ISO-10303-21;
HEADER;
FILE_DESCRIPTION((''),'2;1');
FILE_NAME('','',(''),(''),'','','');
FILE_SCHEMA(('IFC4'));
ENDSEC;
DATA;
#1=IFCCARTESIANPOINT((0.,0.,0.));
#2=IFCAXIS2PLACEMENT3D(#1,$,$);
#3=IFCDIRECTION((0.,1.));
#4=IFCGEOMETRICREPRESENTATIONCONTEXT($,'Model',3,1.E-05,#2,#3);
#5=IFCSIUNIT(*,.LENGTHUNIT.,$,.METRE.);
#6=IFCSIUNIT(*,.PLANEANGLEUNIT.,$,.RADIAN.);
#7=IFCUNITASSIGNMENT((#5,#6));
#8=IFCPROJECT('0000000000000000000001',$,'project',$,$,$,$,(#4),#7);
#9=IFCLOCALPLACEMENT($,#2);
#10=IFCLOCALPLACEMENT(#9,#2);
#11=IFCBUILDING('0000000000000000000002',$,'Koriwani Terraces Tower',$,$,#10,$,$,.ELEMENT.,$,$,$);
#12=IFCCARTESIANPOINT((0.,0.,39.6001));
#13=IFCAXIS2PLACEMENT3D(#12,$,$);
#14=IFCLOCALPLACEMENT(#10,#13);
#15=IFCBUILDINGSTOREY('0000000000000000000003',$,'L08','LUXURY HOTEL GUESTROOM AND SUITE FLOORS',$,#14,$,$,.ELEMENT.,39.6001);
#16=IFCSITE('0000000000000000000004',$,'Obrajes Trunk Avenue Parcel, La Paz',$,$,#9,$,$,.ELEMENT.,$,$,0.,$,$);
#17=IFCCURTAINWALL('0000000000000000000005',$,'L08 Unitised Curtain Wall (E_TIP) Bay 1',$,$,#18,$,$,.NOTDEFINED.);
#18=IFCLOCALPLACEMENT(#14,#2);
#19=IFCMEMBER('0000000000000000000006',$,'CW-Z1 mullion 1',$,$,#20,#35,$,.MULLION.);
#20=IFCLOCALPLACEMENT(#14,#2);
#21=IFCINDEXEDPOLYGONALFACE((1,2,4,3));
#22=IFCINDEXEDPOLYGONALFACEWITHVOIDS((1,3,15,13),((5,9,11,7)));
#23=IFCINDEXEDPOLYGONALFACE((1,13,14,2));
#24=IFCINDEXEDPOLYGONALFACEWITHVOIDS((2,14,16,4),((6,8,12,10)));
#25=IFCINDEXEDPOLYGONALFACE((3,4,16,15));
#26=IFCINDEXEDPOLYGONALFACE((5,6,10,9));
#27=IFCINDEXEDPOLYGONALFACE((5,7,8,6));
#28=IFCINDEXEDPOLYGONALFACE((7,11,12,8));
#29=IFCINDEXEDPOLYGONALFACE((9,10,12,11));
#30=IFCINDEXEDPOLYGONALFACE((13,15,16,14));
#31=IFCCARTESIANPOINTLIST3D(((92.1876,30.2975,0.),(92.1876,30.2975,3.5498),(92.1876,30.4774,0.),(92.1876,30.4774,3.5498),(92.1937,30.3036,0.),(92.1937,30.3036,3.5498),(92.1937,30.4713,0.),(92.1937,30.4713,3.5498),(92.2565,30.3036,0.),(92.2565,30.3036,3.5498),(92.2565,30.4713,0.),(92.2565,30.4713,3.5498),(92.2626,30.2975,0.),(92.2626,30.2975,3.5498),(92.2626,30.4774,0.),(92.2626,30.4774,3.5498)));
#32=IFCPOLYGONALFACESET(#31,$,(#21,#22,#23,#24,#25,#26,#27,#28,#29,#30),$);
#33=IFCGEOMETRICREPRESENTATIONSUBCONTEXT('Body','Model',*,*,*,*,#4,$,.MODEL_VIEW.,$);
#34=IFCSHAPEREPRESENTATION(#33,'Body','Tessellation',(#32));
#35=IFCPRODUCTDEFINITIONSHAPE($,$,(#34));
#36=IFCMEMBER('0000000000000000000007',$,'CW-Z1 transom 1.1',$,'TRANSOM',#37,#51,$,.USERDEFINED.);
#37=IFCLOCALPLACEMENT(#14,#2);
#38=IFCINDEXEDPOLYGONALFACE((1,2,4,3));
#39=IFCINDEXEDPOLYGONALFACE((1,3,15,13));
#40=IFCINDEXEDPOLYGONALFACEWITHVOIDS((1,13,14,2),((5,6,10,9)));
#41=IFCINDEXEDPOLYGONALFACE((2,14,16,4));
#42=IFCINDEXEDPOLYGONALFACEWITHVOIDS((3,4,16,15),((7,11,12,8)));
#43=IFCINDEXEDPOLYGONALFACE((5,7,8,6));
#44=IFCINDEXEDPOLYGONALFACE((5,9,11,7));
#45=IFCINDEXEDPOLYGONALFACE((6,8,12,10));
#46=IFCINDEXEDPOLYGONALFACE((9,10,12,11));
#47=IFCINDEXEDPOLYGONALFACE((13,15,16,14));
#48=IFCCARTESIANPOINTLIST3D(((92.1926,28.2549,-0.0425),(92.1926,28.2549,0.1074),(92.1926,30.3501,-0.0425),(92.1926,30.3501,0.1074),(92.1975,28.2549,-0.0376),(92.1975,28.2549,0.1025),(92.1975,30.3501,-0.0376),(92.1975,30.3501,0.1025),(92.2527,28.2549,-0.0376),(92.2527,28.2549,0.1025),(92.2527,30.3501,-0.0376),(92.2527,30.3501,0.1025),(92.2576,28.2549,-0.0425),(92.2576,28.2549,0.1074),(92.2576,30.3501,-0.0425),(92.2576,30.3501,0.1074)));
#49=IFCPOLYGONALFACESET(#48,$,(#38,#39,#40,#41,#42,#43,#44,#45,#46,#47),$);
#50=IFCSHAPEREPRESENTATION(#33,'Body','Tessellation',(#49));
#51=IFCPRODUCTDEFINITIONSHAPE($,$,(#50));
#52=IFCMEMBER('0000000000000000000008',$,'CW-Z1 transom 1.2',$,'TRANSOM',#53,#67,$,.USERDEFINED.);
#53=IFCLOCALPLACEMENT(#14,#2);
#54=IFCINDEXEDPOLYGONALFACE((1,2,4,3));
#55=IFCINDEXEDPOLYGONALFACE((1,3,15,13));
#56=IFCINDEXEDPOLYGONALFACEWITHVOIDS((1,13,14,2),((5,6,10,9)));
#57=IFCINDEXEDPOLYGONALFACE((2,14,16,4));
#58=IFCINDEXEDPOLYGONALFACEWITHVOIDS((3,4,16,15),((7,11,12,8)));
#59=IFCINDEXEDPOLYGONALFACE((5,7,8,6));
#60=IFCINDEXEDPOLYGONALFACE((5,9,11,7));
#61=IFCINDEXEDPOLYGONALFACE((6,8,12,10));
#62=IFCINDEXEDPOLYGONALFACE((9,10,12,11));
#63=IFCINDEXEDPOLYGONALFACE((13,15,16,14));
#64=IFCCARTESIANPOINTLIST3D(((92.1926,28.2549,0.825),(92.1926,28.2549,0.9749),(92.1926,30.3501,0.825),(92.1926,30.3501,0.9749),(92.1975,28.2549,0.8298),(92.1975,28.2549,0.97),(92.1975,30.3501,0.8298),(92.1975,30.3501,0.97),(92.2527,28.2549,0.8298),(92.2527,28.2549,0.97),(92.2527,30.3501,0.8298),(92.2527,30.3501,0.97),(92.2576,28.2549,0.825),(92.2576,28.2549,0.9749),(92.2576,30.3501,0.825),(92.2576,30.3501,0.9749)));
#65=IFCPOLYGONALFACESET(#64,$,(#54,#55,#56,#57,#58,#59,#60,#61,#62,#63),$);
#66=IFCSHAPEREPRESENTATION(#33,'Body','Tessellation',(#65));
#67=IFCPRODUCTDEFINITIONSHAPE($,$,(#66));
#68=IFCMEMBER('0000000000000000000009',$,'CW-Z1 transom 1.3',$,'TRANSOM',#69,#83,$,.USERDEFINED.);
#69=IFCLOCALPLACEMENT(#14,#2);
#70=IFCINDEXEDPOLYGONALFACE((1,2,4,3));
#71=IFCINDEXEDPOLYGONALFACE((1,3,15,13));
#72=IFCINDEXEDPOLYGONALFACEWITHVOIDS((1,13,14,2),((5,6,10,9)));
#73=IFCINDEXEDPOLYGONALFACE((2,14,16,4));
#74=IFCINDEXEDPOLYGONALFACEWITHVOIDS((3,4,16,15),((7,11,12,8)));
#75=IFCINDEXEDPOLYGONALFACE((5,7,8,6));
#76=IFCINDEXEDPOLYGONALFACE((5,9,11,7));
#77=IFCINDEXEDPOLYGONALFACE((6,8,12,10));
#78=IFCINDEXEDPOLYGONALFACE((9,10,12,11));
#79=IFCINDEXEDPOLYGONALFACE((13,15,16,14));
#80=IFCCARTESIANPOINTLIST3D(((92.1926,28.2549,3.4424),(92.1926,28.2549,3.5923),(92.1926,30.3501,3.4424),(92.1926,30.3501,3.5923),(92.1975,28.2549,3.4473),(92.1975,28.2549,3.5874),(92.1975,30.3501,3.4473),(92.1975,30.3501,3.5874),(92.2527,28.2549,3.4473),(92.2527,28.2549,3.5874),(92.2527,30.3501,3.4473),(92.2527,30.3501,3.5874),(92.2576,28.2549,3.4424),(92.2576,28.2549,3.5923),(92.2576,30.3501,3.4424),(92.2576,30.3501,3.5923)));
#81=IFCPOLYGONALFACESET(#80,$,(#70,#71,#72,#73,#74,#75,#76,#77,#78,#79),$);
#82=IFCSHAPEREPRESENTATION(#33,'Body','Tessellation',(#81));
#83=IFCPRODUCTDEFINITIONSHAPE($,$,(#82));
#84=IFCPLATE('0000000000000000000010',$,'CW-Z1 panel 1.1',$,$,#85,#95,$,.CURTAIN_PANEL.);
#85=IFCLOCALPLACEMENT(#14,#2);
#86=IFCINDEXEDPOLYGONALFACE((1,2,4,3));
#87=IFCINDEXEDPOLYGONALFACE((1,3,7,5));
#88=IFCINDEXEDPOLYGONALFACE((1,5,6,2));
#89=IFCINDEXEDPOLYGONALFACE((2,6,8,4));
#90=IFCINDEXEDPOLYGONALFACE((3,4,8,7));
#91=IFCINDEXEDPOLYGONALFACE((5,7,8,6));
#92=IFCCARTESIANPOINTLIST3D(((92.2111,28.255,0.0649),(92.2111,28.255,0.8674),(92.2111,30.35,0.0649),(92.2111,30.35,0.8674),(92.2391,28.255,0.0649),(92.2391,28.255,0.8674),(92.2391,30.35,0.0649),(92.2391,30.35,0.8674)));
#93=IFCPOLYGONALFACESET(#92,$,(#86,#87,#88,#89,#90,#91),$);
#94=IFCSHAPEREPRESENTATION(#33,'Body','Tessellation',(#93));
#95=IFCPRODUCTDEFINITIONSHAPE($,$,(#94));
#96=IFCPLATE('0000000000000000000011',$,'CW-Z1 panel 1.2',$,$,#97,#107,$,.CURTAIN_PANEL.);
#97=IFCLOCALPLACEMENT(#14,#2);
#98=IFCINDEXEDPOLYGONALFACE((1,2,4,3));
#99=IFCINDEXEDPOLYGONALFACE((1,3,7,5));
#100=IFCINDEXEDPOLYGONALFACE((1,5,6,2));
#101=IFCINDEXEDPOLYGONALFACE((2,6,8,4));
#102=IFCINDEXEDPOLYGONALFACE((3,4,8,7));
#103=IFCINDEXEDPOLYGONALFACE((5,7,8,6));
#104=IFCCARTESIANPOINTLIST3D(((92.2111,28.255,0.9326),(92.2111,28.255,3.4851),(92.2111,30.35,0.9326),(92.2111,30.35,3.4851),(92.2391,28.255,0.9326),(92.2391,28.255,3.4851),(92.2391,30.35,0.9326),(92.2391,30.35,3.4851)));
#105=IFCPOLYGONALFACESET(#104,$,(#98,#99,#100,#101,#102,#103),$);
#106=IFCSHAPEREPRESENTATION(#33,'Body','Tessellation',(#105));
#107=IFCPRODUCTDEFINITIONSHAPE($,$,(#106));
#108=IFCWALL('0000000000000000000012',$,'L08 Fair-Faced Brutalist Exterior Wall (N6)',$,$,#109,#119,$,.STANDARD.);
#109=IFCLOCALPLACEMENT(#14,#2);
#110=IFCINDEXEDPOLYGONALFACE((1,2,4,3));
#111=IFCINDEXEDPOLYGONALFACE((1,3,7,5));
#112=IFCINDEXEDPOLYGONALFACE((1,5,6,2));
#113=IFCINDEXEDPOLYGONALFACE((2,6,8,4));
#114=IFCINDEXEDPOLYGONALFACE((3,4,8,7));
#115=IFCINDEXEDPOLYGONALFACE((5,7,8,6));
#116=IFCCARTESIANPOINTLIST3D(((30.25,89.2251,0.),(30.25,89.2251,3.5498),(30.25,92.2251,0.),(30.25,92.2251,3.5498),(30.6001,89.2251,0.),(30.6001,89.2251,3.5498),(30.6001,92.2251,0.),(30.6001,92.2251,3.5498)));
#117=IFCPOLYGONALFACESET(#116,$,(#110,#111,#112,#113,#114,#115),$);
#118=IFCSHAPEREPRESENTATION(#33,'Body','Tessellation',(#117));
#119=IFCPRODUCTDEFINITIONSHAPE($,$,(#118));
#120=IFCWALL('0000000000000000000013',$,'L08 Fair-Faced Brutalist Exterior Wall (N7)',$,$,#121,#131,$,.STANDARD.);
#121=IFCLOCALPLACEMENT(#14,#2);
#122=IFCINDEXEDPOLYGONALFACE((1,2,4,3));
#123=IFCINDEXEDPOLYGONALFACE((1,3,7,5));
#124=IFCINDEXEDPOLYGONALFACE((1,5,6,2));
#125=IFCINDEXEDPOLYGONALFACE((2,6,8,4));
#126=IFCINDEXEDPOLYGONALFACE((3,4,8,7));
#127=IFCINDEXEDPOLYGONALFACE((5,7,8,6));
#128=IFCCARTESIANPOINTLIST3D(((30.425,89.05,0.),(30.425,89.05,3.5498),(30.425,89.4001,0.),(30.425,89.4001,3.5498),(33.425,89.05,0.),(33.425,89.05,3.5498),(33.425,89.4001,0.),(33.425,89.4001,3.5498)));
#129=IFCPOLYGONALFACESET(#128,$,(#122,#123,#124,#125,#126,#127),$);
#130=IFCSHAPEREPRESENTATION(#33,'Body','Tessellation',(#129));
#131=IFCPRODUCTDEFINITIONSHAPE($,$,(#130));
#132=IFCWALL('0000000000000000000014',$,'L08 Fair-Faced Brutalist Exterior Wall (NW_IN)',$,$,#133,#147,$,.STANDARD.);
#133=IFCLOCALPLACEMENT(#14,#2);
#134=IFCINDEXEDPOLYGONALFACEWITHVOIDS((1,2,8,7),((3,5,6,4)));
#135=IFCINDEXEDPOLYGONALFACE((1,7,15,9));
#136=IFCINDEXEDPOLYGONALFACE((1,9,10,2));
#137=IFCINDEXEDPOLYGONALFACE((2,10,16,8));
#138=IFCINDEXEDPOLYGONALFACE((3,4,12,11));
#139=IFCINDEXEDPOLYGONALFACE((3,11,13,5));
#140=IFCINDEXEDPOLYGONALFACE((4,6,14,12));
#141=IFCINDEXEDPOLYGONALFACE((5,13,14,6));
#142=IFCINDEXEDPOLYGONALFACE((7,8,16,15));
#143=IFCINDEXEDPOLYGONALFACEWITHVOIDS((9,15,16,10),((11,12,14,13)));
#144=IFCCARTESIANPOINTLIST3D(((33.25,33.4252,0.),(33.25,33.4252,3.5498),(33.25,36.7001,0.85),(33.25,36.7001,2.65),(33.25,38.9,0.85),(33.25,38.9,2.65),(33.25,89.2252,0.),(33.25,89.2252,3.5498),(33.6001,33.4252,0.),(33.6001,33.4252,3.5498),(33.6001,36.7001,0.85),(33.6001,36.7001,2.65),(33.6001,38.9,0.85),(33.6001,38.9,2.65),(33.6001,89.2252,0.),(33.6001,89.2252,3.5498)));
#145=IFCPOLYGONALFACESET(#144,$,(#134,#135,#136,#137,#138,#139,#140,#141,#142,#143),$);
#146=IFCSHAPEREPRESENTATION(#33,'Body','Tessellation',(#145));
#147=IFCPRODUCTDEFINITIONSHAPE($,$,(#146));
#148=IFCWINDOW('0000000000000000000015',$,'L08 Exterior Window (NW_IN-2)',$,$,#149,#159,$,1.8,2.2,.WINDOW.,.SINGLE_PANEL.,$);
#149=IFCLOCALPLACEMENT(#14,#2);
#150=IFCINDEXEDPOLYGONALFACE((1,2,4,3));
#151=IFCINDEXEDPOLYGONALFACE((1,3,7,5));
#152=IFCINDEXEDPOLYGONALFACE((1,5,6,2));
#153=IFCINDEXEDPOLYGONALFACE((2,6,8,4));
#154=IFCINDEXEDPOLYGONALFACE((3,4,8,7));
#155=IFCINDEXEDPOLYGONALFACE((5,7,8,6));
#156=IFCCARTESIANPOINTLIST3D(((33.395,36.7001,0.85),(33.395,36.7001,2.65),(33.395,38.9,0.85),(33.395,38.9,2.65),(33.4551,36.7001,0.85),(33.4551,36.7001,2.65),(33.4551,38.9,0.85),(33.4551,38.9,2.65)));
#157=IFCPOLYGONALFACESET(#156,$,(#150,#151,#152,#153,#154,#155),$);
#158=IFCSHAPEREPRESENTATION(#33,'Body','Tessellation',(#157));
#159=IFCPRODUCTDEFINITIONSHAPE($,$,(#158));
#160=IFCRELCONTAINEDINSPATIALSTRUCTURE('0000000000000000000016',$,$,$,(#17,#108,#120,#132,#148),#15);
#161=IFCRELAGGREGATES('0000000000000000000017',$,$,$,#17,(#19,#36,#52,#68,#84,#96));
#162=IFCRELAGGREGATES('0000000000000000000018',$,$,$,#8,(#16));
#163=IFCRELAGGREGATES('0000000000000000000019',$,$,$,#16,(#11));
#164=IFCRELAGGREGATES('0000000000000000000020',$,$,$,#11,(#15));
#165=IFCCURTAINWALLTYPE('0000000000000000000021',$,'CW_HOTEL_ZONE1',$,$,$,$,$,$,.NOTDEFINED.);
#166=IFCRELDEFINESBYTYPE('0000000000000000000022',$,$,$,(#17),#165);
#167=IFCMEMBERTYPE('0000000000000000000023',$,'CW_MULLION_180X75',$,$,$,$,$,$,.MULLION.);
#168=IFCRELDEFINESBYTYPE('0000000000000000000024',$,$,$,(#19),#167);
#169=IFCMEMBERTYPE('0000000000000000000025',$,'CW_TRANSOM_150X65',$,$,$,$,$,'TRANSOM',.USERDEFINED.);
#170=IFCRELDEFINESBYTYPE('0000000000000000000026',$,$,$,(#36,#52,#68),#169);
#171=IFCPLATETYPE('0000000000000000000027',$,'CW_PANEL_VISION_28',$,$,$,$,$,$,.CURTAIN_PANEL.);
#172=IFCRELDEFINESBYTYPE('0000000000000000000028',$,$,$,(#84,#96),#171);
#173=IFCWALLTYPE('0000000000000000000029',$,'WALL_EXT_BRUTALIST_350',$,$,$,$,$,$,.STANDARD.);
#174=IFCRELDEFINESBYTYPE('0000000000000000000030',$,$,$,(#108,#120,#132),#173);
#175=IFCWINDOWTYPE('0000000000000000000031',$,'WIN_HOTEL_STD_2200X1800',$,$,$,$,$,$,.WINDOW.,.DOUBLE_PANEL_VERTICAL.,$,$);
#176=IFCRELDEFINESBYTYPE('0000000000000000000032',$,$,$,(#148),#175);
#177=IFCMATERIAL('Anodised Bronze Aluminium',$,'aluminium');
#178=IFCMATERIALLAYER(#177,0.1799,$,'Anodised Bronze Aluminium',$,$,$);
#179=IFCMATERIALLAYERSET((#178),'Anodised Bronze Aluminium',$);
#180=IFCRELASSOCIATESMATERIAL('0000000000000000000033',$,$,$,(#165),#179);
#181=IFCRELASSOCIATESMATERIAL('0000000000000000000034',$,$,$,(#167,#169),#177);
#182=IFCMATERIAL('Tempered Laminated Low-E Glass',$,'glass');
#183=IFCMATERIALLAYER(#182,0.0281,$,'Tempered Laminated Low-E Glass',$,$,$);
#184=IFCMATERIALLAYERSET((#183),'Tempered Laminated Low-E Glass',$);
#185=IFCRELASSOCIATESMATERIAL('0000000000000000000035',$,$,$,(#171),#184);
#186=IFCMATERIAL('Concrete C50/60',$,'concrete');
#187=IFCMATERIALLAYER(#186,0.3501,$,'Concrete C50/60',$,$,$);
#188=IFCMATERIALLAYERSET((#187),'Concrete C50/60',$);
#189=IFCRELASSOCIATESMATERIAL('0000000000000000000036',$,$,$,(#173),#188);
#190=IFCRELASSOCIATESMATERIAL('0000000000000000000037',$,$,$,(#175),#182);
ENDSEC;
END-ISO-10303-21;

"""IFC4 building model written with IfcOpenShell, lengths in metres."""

from ifc_helpers import new_model, si_unit, direction, frame, frame_2d, origin, origin_2d, place, context, subcontext, project, spatial, rectangle, hollow_rectangle, extrude, material, layer, layer_set, material_profile, profile_set, type_object, element, fill, aggregate, save


model = new_model("IFC4")

# Units and contexts
model_context = context("Model", 3, precision=1e-05, world=origin(), true_north=direction((0.0, 1.0)))
body_context = subcontext(model_context, "Body", "Model", "MODEL_VIEW")
ifc_project = project(units=[si_unit("LENGTHUNIT", "METRE"), si_unit("PLANEANGLEUNIT", "RADIAN")], contexts=[model_context])

# Site, building, storey
site_placement = place(None, origin())
site = spatial("IfcSite", under=ifc_project, at=site_placement, Name="Obrajes Trunk Avenue Parcel, La Paz", CompositionType="ELEMENT", RefElevation=0.0)
building_placement = place(site_placement, origin())
building = spatial("IfcBuilding", under=site, at=building_placement, Name="Koriwani Terraces Tower", CompositionType="ELEMENT")
storey_placement = place(building_placement, frame((0.0, 0.0, 39.6001)))
storey = spatial("IfcBuildingStorey", under=building, at=storey_placement, Name="L08", Description="LUXURY HOTEL GUESTROOM AND SUITE FLOORS", CompositionType="ELEMENT", Elevation=39.6001)

# Curtain wall, members, plates
ifc_material_1 = material(Name="Anodised Bronze Aluminium", Category="aluminium")
ifc_layer_1 = layer(ifc_material_1, 0.1799, Name="Anodised Bronze Aluminium")
ifc_layer_set_1 = layer_set([ifc_layer_1], Name="Anodised Bronze Aluminium")
curtain_wall_type = type_object("IfcCurtainWallType", Name="CW_HOTEL_ZONE1", PredefinedType="NOTDEFINED", material=ifc_layer_set_1)
curtain_wall_placement = place(storey_placement, origin())
curtain_wall = element("IfcCurtainWall", 1, at=curtain_wall_placement, inside=storey, type_object=curtain_wall_type, Name="L08 Unitised Curtain Wall (E_TIP) Bay 1", PredefinedType="NOTDEFINED")
ifc_material_profile_1 = material_profile(ifc_material_1, hollow_rectangle(XDim=0.075, YDim=0.1799, WallThickness=0.0061, at=origin_2d()), Name="Anodised Bronze Aluminium", Category="LoadBearing")
ifc_profile_set_1 = profile_set([ifc_material_profile_1], Name="Anodised Bronze Aluminium")
member_type_1 = type_object("IfcMemberType", Name="CW_MULLION_180X75", PredefinedType="MULLION", material=ifc_profile_set_1)
member_1_placement = place(storey_placement, frame((92.2251, 30.3875, 0.0), z_axis=(0.0, 0.0, 1.0), x_axis=(1.0, 0.0, 0.0)))
member_1 = element("IfcMember", 2, at=member_1_placement, type_object=member_type_1, Name="CW-Z1 mullion 1", PredefinedType="MULLION", context=body_context, shape_type="SweptSolid", body=[
    extrude(hollow_rectangle(XDim=0.075, YDim=0.1799, WallThickness=0.0061, at=origin_2d()), origin(), (0.0, 0.0, 1.0), 3.5498),
])
ifc_material_profile_2 = material_profile(ifc_material_1, hollow_rectangle(XDim=0.0649, YDim=0.1499, WallThickness=0.0049, at=origin_2d()), Name="Anodised Bronze Aluminium", Category="LoadBearing")
ifc_profile_set_2 = profile_set([ifc_material_profile_2], Name="Anodised Bronze Aluminium")
member_type_2 = type_object("IfcMemberType", Name="CW_TRANSOM_150X65", ElementType="TRANSOM", PredefinedType="USERDEFINED", material=ifc_profile_set_2)
member_2_placement = place(storey_placement, frame((92.2251, 30.3501, 0.0325), z_axis=(0.0, -1.0, 0.0), x_axis=(1.0, 0.0, 0.0)))
member_2 = element("IfcMember", 3, at=member_2_placement, type_object=member_type_2, Name="CW-Z1 transom 1.1", ObjectType="TRANSOM", PredefinedType="USERDEFINED", context=body_context, shape_type="SweptSolid", body=[
    extrude(hollow_rectangle(XDim=0.0649, YDim=0.1499, WallThickness=0.0049, at=origin_2d()), origin(), (0.0, 0.0, 1.0), 2.0952),
])
member_3_placement = place(storey_placement, frame((92.2251, 30.3501, 0.8999), z_axis=(0.0, -1.0, 0.0), x_axis=(1.0, 0.0, 0.0)))
member_3 = element("IfcMember", 4, at=member_3_placement, type_object=member_type_2, Name="CW-Z1 transom 1.2", ObjectType="TRANSOM", PredefinedType="USERDEFINED", context=body_context, shape_type="SweptSolid", body=[
    extrude(hollow_rectangle(XDim=0.0649, YDim=0.1499, WallThickness=0.0049, at=origin_2d()), origin(), (0.0, 0.0, 1.0), 2.0952),
])
member_4_placement = place(storey_placement, frame((92.2251, 30.3501, 3.5173), z_axis=(0.0, -1.0, 0.0), x_axis=(1.0, 0.0, 0.0)))
member_4 = element("IfcMember", 5, at=member_4_placement, type_object=member_type_2, Name="CW-Z1 transom 1.3", ObjectType="TRANSOM", PredefinedType="USERDEFINED", context=body_context, shape_type="SweptSolid", body=[
    extrude(hollow_rectangle(XDim=0.0649, YDim=0.1499, WallThickness=0.0049, at=origin_2d()), origin(), (0.0, 0.0, 1.0), 2.0952),
])
ifc_material_2 = material(Name="Tempered Laminated Low-E Glass", Category="glass")
ifc_layer_2 = layer(ifc_material_2, 0.0281, Name="Tempered Laminated Low-E Glass")
ifc_layer_set_2 = layer_set([ifc_layer_2], Name="Tempered Laminated Low-E Glass")
plate_type = type_object("IfcPlateType", Name="CW_PANEL_VISION_28", PredefinedType="CURTAIN_PANEL", material=ifc_layer_set_2)
plate_1_placement = place(storey_placement, frame((92.2251, 29.3025, 0.0649), z_axis=(0.0, 0.0, 1.0), x_axis=(0.0, -1.0, 0.0)))
plate_1 = element("IfcPlate", 6, at=plate_1_placement, type_object=plate_type, Name="CW-Z1 panel 1.1", PredefinedType="CURTAIN_PANEL", context=body_context, shape_type="SweptSolid", body=[
    extrude(rectangle(XDim=2.095, YDim=0.0281, at=origin_2d()), origin(), (0.0, 0.0, 1.0), 0.8025),
])
plate_2_placement = place(storey_placement, frame((92.2251, 29.3025, 0.9326), z_axis=(0.0, 0.0, 1.0), x_axis=(0.0, -1.0, 0.0)))
plate_2 = element("IfcPlate", 7, at=plate_2_placement, type_object=plate_type, Name="CW-Z1 panel 1.2", PredefinedType="CURTAIN_PANEL", context=body_context, shape_type="SweptSolid", body=[
    extrude(rectangle(XDim=2.095, YDim=0.0281, at=origin_2d()), origin(), (0.0, 0.0, 1.0), 2.5525),
])
aggregate(curtain_wall, [member_1, member_2, member_3, member_4, plate_1, plate_2])

# Walls
ifc_material_3 = material(Name="Concrete C50/60", Category="concrete")
ifc_layer_3 = layer(ifc_material_3, 0.3501, Name="Concrete C50/60")
ifc_layer_set_3 = layer_set([ifc_layer_3], Name="Concrete C50/60")
wall_type_1 = type_object("IfcWallType", Name="WALL_EXT_BRUTALIST_350", PredefinedType="STANDARD", material=ifc_layer_set_3)
for number, where, z_axis, x_axis, name in (
    (8, (30.425, 92.2251, 0.0), (0.0, 0.0, 1.0), (0.0, -1.0, 0.0), "L08 Fair-Faced Brutalist Exterior Wall (N6)"),
    (9, (30.425, 89.2251, 0.0), (0.0, 0.0, 1.0), (1.0, 0.0, 0.0), "L08 Fair-Faced Brutalist Exterior Wall (N7)"),
):
    element("IfcWall", number, at=place(storey_placement, frame(where, z_axis=z_axis, x_axis=x_axis)), inside=storey, type_object=wall_type_1, Name=name, PredefinedType="STANDARD", context=body_context, shape_type="SweptSolid", body=[
        extrude(rectangle(XDim=3.0, YDim=0.3501, at=frame_2d((1.5, 0.0))), origin(), (0.0, 0.0, 1.0), 3.5498),
    ])

# Wall, opening, window
wall_1_placement = place(storey_placement, frame((33.425, 89.2251, 0.0), z_axis=(0.0, 0.0, 1.0), x_axis=(0.0, -1.0, 0.0)))
wall_1 = element("IfcWall", 10, at=wall_1_placement, inside=storey, type_object=wall_type_1, Name="L08 Fair-Faced Brutalist Exterior Wall (NW_IN)", PredefinedType="STANDARD", context=body_context, shape_type="SweptSolid", body=[
    extrude(rectangle(XDim=55.8, YDim=0.3501, at=frame_2d((27.8999, 0.0))), origin(), (0.0, 0.0, 1.0), 3.5498),
])
opening_1_placement = place(wall_1_placement, frame((50.325, 0.0, 0.8501)))
opening_1 = element("IfcOpeningElement", 11, at=opening_1_placement, cuts=wall_1, PredefinedType="OPENING", context=body_context, shape_type="SweptSolid", body=[
    extrude(rectangle(XDim=2.2, YDim=1.8, at=frame_2d((1.1001, 0.8999))), frame((0.0, 0.1851, 0.0), z_axis=(0.0, -1.0, 0.0), x_axis=(1.0, 0.0, 0.0)), (0.0, 0.0, 1.0), 0.3701),
])
window_type = type_object("IfcWindowType", Name="WIN_HOTEL_STD_2200X1800", PartitioningType="DOUBLE_PANEL_VERTICAL", PredefinedType="WINDOW", material=ifc_material_2)
window_placement = place(opening_1_placement, origin())
window = element("IfcWindow", 12, at=window_placement, inside=storey, type_object=window_type, Name="L08 Exterior Window (NW_IN-2)", OverallHeight=1.8, OverallWidth=2.2, PartitioningType="SINGLE_PANEL", PredefinedType="WINDOW", context=body_context, shape_type="SweptSolid", body=[
    extrude(rectangle(XDim=2.2, YDim=1.8, at=frame_2d((1.1001, 0.8999))), frame((0.0, 0.03, 0.0), z_axis=(0.0, -1.0, 0.0), x_axis=(1.0, 0.0, 0.0)), (0.0, 0.0, 1.0), 0.0601),
])
fill(opening_1, window)

save(model, "model.ifc")
